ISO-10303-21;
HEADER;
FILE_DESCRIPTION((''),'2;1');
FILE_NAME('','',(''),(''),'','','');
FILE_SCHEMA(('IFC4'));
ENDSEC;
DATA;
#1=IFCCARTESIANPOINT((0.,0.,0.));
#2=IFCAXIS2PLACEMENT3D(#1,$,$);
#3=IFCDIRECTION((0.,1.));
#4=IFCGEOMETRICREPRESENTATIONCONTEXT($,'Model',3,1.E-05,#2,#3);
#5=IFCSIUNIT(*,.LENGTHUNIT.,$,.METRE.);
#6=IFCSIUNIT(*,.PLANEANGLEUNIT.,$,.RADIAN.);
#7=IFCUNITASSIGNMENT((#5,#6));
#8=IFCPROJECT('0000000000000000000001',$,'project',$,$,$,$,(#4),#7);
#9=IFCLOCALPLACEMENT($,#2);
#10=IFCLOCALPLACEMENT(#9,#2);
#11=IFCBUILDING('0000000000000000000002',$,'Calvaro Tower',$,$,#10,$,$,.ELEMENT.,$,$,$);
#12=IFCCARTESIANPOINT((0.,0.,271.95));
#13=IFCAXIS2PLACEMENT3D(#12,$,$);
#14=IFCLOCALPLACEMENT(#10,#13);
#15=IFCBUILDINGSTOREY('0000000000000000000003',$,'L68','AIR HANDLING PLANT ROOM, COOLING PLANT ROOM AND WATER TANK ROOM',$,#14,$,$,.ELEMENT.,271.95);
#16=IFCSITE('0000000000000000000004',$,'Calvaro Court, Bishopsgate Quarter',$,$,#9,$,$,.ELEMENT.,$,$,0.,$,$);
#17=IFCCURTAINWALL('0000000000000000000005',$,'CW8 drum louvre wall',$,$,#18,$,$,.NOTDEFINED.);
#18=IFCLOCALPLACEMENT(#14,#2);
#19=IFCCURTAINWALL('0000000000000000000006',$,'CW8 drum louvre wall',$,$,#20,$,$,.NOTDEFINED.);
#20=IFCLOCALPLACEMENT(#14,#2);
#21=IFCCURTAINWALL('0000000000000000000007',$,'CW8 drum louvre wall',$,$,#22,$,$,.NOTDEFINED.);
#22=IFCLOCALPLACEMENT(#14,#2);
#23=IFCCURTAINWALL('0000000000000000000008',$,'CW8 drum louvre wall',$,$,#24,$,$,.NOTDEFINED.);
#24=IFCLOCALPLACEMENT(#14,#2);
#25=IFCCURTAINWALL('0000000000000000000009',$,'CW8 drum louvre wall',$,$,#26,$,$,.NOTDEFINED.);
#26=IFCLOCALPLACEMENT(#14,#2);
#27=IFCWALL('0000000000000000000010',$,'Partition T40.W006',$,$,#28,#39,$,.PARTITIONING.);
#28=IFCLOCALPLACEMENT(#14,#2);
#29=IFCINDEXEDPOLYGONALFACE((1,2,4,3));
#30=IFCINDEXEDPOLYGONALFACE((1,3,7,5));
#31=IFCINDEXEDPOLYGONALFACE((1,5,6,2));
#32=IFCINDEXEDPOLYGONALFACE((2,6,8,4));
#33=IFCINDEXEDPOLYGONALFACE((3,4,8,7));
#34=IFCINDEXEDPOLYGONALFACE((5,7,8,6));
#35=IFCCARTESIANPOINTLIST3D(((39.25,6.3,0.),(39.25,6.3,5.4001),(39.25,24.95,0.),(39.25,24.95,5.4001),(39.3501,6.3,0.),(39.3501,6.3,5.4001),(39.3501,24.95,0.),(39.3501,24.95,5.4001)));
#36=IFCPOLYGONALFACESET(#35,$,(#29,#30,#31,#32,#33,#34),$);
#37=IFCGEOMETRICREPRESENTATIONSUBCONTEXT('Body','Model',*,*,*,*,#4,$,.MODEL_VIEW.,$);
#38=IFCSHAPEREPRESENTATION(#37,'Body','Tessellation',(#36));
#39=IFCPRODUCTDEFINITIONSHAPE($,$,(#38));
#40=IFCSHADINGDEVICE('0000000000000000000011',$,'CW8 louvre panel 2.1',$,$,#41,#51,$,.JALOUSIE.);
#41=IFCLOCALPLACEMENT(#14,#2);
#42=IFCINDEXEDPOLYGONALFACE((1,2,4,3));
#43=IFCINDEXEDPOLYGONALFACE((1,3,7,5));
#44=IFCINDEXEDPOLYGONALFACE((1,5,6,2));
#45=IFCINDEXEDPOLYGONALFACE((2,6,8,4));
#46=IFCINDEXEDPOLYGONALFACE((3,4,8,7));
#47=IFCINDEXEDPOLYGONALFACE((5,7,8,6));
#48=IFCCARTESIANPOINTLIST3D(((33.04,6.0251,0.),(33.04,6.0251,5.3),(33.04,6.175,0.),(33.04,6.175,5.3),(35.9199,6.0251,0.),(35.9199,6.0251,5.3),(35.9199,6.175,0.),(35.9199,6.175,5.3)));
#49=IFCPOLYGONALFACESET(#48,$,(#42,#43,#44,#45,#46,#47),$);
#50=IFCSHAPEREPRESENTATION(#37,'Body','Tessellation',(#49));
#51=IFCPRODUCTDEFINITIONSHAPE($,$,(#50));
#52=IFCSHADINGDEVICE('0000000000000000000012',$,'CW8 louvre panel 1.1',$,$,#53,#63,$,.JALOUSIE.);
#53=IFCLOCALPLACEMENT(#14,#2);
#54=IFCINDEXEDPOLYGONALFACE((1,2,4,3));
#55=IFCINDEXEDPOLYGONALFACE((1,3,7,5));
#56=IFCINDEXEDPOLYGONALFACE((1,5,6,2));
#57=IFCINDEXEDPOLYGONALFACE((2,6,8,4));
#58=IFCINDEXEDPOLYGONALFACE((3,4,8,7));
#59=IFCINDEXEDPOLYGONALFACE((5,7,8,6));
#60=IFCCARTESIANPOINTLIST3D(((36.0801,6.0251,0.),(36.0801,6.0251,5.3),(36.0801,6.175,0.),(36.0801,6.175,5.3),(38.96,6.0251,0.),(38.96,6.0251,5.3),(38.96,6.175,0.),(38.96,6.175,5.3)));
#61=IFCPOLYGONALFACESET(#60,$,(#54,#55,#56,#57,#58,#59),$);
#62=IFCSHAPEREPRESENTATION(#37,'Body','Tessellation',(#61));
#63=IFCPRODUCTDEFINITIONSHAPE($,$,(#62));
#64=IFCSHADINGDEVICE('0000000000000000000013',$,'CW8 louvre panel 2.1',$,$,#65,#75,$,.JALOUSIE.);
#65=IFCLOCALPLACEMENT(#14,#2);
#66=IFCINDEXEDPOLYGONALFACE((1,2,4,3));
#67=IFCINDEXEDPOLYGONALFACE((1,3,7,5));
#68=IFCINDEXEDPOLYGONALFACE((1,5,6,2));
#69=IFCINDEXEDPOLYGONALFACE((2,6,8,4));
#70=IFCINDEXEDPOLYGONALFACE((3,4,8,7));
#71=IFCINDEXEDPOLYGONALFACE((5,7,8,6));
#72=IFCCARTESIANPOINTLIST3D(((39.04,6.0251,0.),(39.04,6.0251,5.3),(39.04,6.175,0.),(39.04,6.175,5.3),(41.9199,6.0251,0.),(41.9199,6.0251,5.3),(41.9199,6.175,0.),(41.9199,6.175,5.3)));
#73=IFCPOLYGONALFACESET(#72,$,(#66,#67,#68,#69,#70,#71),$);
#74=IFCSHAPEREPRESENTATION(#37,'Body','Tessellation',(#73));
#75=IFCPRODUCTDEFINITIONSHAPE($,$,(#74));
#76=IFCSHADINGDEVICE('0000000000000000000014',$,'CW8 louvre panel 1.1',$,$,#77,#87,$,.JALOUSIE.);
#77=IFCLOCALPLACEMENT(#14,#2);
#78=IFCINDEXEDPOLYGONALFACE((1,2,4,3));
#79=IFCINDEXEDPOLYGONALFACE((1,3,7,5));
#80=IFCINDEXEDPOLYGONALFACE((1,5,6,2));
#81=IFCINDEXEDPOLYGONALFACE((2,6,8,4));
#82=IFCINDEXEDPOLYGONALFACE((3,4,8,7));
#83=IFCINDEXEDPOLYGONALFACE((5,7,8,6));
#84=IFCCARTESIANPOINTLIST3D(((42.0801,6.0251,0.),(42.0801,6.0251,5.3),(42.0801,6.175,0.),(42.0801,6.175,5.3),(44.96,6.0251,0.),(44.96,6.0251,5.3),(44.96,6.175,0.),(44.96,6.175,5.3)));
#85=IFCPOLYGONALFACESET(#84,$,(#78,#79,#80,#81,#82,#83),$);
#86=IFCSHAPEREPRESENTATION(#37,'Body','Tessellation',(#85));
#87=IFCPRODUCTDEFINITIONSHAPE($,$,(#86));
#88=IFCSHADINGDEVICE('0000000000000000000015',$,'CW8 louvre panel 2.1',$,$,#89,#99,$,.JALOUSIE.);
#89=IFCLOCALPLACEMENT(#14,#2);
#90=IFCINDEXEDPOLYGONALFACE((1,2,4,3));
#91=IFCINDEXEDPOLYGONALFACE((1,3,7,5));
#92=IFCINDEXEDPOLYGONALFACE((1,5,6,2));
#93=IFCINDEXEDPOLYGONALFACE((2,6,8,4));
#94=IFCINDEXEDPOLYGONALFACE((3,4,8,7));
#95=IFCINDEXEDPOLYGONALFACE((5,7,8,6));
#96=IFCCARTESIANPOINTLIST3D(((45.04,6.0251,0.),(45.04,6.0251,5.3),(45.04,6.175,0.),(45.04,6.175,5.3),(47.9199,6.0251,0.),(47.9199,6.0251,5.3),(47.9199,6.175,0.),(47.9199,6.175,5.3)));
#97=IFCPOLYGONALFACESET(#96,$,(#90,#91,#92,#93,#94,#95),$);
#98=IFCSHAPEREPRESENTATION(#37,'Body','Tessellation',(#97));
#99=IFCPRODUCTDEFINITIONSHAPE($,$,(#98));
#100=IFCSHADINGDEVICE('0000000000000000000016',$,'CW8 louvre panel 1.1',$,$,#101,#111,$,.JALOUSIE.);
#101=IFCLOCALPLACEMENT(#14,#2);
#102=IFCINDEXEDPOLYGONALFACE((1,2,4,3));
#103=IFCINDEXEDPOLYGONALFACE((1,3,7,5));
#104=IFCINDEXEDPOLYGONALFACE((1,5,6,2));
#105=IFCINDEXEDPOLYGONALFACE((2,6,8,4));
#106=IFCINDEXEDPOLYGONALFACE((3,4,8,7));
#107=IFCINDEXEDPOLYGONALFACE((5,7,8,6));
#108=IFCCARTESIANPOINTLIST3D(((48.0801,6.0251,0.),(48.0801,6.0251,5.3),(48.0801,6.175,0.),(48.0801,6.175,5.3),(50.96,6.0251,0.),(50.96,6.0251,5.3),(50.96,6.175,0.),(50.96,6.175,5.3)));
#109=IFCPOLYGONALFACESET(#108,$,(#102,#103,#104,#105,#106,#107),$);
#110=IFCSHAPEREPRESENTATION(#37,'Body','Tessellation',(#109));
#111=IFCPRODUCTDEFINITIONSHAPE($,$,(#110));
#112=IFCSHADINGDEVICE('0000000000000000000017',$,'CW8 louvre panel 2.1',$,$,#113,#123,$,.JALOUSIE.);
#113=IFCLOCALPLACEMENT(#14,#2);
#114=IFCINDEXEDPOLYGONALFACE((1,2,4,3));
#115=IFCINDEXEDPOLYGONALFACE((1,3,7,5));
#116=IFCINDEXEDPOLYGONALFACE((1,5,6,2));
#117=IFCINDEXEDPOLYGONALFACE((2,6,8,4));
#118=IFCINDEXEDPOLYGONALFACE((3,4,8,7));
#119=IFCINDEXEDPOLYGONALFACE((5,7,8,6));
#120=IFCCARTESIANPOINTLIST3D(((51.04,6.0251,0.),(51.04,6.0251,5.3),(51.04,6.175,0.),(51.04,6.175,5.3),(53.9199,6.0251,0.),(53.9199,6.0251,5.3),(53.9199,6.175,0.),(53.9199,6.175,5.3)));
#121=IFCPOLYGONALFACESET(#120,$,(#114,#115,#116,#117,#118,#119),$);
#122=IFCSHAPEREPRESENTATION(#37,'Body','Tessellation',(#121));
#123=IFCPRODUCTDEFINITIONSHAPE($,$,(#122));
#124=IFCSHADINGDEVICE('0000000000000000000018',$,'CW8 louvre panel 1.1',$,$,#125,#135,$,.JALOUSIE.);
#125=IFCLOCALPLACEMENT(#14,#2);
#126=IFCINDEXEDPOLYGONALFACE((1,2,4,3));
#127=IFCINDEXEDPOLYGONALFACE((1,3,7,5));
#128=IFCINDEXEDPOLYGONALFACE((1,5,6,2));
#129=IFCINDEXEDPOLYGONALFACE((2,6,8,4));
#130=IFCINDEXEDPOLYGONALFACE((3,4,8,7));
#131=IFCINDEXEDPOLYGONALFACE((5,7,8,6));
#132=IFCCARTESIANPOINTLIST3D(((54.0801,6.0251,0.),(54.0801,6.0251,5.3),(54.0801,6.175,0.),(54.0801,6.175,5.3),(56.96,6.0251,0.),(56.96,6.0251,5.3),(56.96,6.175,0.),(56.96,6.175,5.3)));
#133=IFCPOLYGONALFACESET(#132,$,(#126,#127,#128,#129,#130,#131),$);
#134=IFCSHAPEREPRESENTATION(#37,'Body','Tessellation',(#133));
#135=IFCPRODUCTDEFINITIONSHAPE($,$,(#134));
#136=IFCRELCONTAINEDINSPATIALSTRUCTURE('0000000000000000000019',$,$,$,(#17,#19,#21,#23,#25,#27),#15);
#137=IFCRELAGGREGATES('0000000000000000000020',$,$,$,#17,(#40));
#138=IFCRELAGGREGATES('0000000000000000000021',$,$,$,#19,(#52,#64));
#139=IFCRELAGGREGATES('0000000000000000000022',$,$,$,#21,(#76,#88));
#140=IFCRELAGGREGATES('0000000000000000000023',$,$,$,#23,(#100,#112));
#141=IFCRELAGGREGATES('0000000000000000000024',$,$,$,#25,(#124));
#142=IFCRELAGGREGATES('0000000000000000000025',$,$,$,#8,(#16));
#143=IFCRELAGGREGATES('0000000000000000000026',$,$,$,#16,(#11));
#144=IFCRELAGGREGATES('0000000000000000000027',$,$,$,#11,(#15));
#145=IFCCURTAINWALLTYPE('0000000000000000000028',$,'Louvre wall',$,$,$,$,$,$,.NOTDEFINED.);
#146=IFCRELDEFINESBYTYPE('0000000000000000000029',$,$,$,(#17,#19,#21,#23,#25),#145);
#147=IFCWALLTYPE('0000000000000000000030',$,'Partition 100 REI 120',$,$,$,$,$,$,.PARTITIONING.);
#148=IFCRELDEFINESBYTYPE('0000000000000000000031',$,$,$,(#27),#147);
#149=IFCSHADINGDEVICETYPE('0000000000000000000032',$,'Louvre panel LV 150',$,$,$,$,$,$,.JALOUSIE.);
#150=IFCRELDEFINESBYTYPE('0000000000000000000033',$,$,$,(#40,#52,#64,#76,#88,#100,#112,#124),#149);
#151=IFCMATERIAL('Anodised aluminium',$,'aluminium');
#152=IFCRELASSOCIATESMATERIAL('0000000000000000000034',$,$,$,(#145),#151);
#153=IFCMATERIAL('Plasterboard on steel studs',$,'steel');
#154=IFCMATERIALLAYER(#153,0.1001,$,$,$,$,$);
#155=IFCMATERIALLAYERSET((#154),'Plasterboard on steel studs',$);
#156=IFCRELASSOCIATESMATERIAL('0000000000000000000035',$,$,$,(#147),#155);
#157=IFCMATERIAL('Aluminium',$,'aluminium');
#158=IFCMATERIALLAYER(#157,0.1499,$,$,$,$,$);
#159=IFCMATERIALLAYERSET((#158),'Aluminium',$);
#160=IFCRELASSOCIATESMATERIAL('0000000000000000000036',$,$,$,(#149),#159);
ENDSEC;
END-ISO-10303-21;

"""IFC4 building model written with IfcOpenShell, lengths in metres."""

from ifc_helpers import new_model, si_unit, direction, frame, frame_2d, origin, origin_2d, place, context, subcontext, project, spatial, rectangle, extrude, material, layer, layer_set, type_object, element, aggregate, save


model = new_model("IFC4")

# Units and contexts
model_context = context("Model", 3, precision=1e-05, world=origin(), true_north=direction((0.0, 1.0)))
body_context = subcontext(model_context, "Body", "Model", "MODEL_VIEW")
ifc_project = project(units=[si_unit("LENGTHUNIT", "METRE"), si_unit("PLANEANGLEUNIT", "RADIAN")], contexts=[model_context])

# Site, building, storey
site_placement = place(None, origin())
site = spatial("IfcSite", under=ifc_project, at=site_placement, Name="Calvaro Court, Bishopsgate Quarter", CompositionType="ELEMENT", RefElevation=0.0)
building_placement = place(site_placement, origin())
building = spatial("IfcBuilding", under=site, at=building_placement, Name="Calvaro Tower", CompositionType="ELEMENT")
storey_placement = place(building_placement, frame((0.0, 0.0, 271.95)))
storey = spatial("IfcBuildingStorey", under=building, at=storey_placement, Name="L68", Description="AIR HANDLING PLANT ROOM, COOLING PLANT ROOM AND WATER TANK ROOM", CompositionType="ELEMENT", Elevation=271.95)

# Curtain wall
ifc_material_1 = material(Name="Anodised aluminium", Category="aluminium")
curtain_wall_type = type_object("IfcCurtainWallType", Name="Louvre wall", PredefinedType="NOTDEFINED", material=ifc_material_1)
curtain_wall_1_placement = place(storey_placement, origin())
curtain_wall_1 = element("IfcCurtainWall", 1, at=curtain_wall_1_placement, inside=storey, type_object=curtain_wall_type, Name="CW8 drum louvre wall", PredefinedType="NOTDEFINED")

# Curtain walls
curtain_wall_2_placement = place(storey_placement, origin())
curtain_wall_2 = element("IfcCurtainWall", 2, at=curtain_wall_2_placement, inside=storey, type_object=curtain_wall_type, Name="CW8 drum louvre wall", PredefinedType="NOTDEFINED")
curtain_wall_3_placement = place(storey_placement, origin())
curtain_wall_3 = element("IfcCurtainWall", 3, at=curtain_wall_3_placement, inside=storey, type_object=curtain_wall_type, Name="CW8 drum louvre wall", PredefinedType="NOTDEFINED")
curtain_wall_4_placement = place(storey_placement, origin())
curtain_wall_4 = element("IfcCurtainWall", 4, at=curtain_wall_4_placement, inside=storey, type_object=curtain_wall_type, Name="CW8 drum louvre wall", PredefinedType="NOTDEFINED")

# Curtain wall
curtain_wall_5_placement = place(storey_placement, origin())
curtain_wall_5 = element("IfcCurtainWall", 5, at=curtain_wall_5_placement, inside=storey, type_object=curtain_wall_type, Name="CW8 drum louvre wall", PredefinedType="NOTDEFINED")

# Wall
ifc_material_2 = material(Name="Plasterboard on steel studs", Category="steel")
ifc_layer_1 = layer(ifc_material_2, 0.1001)
ifc_layer_set_1 = layer_set([ifc_layer_1], Name="Plasterboard on steel studs")
wall_type_1 = type_object("IfcWallType", Name="Partition 100 REI 120", PredefinedType="PARTITIONING", material=ifc_layer_set_1)
wall_1_placement = place(storey_placement, frame((39.3, 6.3, 0.0), z_axis=(0.0, 0.0, 1.0), x_axis=(0.0, 1.0, 0.0)))
element("IfcWall", 6, at=wall_1_placement, inside=storey, type_object=wall_type_1, Name="Partition T40.W006", PredefinedType="PARTITIONING", context=body_context, shape_type="SweptSolid", body=[
    extrude(rectangle(XDim=18.6499, YDim=0.1001, at=frame_2d((9.325, 0.0))), origin(), (0.0, 0.0, 1.0), 5.4001),
])

# Shading devices
ifc_material_3 = material(Name="Aluminium", Category="aluminium")
ifc_layer_2 = layer(ifc_material_3, 0.1499)
ifc_layer_set_2 = layer_set([ifc_layer_2], Name="Aluminium")
shading_device_type = type_object("IfcShadingDeviceType", Name="Louvre panel LV 150", PredefinedType="JALOUSIE", material=ifc_layer_set_2)
shading_device_1_placement = place(storey_placement, frame((34.48, 6.1001, 0.0), z_axis=(0.0, 0.0, 1.0), x_axis=(1.0, 0.0, 0.0)))
shading_device_1 = element("IfcShadingDevice", 7, at=shading_device_1_placement, type_object=shading_device_type, Name="CW8 louvre panel 2.1", PredefinedType="JALOUSIE", context=body_context, shape_type="SweptSolid", body=[
    extrude(rectangle(XDim=2.8799, YDim=0.1499, at=origin_2d()), origin(), (0.0, 0.0, 1.0), 5.3),
])
aggregate(curtain_wall_1, [shading_device_1])
shading_device_2_placement = place(storey_placement, frame((37.52, 6.1001, 0.0), z_axis=(0.0, 0.0, 1.0), x_axis=(1.0, 0.0, 0.0)))
shading_device_2 = element("IfcShadingDevice", 8, at=shading_device_2_placement, type_object=shading_device_type, Name="CW8 louvre panel 1.1", PredefinedType="JALOUSIE", context=body_context, shape_type="SweptSolid", body=[
    extrude(rectangle(XDim=2.8799, YDim=0.1499, at=origin_2d()), origin(), (0.0, 0.0, 1.0), 5.3),
])
shading_device_3_placement = place(storey_placement, frame((40.48, 6.1001, 0.0), z_axis=(0.0, 0.0, 1.0), x_axis=(1.0, 0.0, 0.0)))
shading_device_3 = element("IfcShadingDevice", 9, at=shading_device_3_placement, type_object=shading_device_type, Name="CW8 louvre panel 2.1", PredefinedType="JALOUSIE", context=body_context, shape_type="SweptSolid", body=[
    extrude(rectangle(XDim=2.8799, YDim=0.1499, at=origin_2d()), origin(), (0.0, 0.0, 1.0), 5.3),
])
aggregate(curtain_wall_2, [shading_device_2, shading_device_3])
shading_device_4_placement = place(storey_placement, frame((43.52, 6.1001, 0.0), z_axis=(0.0, 0.0, 1.0), x_axis=(1.0, 0.0, 0.0)))
shading_device_4 = element("IfcShadingDevice", 10, at=shading_device_4_placement, type_object=shading_device_type, Name="CW8 louvre panel 1.1", PredefinedType="JALOUSIE", context=body_context, shape_type="SweptSolid", body=[
    extrude(rectangle(XDim=2.8799, YDim=0.1499, at=origin_2d()), origin(), (0.0, 0.0, 1.0), 5.3),
])
shading_device_5_placement = place(storey_placement, frame((46.48, 6.1001, 0.0), z_axis=(0.0, 0.0, 1.0), x_axis=(1.0, 0.0, 0.0)))
shading_device_5 = element("IfcShadingDevice", 11, at=shading_device_5_placement, type_object=shading_device_type, Name="CW8 louvre panel 2.1", PredefinedType="JALOUSIE", context=body_context, shape_type="SweptSolid", body=[
    extrude(rectangle(XDim=2.8799, YDim=0.1499, at=origin_2d()), origin(), (0.0, 0.0, 1.0), 5.3),
])
aggregate(curtain_wall_3, [shading_device_4, shading_device_5])
shading_device_6_placement = place(storey_placement, frame((49.52, 6.1001, 0.0), z_axis=(0.0, 0.0, 1.0), x_axis=(1.0, 0.0, 0.0)))
shading_device_6 = element("IfcShadingDevice", 12, at=shading_device_6_placement, type_object=shading_device_type, Name="CW8 louvre panel 1.1", PredefinedType="JALOUSIE", context=body_context, shape_type="SweptSolid", body=[
    extrude(rectangle(XDim=2.8799, YDim=0.1499, at=origin_2d()), origin(), (0.0, 0.0, 1.0), 5.3),
])
shading_device_7_placement = place(storey_placement, frame((52.48, 6.1001, 0.0), z_axis=(0.0, 0.0, 1.0), x_axis=(1.0, 0.0, 0.0)))
shading_device_7 = element("IfcShadingDevice", 13, at=shading_device_7_placement, type_object=shading_device_type, Name="CW8 louvre panel 2.1", PredefinedType="JALOUSIE", context=body_context, shape_type="SweptSolid", body=[
    extrude(rectangle(XDim=2.8799, YDim=0.1499, at=origin_2d()), origin(), (0.0, 0.0, 1.0), 5.3),
])
aggregate(curtain_wall_4, [shading_device_6, shading_device_7])
shading_device_8_placement = place(storey_placement, frame((55.52, 6.1001, 0.0), z_axis=(0.0, 0.0, 1.0), x_axis=(1.0, 0.0, 0.0)))
shading_device_8 = element("IfcShadingDevice", 14, at=shading_device_8_placement, type_object=shading_device_type, Name="CW8 louvre panel 1.1", PredefinedType="JALOUSIE", context=body_context, shape_type="SweptSolid", body=[
    extrude(rectangle(XDim=2.8799, YDim=0.1499, at=origin_2d()), origin(), (0.0, 0.0, 1.0), 5.3),
])
aggregate(curtain_wall_5, [shading_device_8])

save(model, "model.ifc")
